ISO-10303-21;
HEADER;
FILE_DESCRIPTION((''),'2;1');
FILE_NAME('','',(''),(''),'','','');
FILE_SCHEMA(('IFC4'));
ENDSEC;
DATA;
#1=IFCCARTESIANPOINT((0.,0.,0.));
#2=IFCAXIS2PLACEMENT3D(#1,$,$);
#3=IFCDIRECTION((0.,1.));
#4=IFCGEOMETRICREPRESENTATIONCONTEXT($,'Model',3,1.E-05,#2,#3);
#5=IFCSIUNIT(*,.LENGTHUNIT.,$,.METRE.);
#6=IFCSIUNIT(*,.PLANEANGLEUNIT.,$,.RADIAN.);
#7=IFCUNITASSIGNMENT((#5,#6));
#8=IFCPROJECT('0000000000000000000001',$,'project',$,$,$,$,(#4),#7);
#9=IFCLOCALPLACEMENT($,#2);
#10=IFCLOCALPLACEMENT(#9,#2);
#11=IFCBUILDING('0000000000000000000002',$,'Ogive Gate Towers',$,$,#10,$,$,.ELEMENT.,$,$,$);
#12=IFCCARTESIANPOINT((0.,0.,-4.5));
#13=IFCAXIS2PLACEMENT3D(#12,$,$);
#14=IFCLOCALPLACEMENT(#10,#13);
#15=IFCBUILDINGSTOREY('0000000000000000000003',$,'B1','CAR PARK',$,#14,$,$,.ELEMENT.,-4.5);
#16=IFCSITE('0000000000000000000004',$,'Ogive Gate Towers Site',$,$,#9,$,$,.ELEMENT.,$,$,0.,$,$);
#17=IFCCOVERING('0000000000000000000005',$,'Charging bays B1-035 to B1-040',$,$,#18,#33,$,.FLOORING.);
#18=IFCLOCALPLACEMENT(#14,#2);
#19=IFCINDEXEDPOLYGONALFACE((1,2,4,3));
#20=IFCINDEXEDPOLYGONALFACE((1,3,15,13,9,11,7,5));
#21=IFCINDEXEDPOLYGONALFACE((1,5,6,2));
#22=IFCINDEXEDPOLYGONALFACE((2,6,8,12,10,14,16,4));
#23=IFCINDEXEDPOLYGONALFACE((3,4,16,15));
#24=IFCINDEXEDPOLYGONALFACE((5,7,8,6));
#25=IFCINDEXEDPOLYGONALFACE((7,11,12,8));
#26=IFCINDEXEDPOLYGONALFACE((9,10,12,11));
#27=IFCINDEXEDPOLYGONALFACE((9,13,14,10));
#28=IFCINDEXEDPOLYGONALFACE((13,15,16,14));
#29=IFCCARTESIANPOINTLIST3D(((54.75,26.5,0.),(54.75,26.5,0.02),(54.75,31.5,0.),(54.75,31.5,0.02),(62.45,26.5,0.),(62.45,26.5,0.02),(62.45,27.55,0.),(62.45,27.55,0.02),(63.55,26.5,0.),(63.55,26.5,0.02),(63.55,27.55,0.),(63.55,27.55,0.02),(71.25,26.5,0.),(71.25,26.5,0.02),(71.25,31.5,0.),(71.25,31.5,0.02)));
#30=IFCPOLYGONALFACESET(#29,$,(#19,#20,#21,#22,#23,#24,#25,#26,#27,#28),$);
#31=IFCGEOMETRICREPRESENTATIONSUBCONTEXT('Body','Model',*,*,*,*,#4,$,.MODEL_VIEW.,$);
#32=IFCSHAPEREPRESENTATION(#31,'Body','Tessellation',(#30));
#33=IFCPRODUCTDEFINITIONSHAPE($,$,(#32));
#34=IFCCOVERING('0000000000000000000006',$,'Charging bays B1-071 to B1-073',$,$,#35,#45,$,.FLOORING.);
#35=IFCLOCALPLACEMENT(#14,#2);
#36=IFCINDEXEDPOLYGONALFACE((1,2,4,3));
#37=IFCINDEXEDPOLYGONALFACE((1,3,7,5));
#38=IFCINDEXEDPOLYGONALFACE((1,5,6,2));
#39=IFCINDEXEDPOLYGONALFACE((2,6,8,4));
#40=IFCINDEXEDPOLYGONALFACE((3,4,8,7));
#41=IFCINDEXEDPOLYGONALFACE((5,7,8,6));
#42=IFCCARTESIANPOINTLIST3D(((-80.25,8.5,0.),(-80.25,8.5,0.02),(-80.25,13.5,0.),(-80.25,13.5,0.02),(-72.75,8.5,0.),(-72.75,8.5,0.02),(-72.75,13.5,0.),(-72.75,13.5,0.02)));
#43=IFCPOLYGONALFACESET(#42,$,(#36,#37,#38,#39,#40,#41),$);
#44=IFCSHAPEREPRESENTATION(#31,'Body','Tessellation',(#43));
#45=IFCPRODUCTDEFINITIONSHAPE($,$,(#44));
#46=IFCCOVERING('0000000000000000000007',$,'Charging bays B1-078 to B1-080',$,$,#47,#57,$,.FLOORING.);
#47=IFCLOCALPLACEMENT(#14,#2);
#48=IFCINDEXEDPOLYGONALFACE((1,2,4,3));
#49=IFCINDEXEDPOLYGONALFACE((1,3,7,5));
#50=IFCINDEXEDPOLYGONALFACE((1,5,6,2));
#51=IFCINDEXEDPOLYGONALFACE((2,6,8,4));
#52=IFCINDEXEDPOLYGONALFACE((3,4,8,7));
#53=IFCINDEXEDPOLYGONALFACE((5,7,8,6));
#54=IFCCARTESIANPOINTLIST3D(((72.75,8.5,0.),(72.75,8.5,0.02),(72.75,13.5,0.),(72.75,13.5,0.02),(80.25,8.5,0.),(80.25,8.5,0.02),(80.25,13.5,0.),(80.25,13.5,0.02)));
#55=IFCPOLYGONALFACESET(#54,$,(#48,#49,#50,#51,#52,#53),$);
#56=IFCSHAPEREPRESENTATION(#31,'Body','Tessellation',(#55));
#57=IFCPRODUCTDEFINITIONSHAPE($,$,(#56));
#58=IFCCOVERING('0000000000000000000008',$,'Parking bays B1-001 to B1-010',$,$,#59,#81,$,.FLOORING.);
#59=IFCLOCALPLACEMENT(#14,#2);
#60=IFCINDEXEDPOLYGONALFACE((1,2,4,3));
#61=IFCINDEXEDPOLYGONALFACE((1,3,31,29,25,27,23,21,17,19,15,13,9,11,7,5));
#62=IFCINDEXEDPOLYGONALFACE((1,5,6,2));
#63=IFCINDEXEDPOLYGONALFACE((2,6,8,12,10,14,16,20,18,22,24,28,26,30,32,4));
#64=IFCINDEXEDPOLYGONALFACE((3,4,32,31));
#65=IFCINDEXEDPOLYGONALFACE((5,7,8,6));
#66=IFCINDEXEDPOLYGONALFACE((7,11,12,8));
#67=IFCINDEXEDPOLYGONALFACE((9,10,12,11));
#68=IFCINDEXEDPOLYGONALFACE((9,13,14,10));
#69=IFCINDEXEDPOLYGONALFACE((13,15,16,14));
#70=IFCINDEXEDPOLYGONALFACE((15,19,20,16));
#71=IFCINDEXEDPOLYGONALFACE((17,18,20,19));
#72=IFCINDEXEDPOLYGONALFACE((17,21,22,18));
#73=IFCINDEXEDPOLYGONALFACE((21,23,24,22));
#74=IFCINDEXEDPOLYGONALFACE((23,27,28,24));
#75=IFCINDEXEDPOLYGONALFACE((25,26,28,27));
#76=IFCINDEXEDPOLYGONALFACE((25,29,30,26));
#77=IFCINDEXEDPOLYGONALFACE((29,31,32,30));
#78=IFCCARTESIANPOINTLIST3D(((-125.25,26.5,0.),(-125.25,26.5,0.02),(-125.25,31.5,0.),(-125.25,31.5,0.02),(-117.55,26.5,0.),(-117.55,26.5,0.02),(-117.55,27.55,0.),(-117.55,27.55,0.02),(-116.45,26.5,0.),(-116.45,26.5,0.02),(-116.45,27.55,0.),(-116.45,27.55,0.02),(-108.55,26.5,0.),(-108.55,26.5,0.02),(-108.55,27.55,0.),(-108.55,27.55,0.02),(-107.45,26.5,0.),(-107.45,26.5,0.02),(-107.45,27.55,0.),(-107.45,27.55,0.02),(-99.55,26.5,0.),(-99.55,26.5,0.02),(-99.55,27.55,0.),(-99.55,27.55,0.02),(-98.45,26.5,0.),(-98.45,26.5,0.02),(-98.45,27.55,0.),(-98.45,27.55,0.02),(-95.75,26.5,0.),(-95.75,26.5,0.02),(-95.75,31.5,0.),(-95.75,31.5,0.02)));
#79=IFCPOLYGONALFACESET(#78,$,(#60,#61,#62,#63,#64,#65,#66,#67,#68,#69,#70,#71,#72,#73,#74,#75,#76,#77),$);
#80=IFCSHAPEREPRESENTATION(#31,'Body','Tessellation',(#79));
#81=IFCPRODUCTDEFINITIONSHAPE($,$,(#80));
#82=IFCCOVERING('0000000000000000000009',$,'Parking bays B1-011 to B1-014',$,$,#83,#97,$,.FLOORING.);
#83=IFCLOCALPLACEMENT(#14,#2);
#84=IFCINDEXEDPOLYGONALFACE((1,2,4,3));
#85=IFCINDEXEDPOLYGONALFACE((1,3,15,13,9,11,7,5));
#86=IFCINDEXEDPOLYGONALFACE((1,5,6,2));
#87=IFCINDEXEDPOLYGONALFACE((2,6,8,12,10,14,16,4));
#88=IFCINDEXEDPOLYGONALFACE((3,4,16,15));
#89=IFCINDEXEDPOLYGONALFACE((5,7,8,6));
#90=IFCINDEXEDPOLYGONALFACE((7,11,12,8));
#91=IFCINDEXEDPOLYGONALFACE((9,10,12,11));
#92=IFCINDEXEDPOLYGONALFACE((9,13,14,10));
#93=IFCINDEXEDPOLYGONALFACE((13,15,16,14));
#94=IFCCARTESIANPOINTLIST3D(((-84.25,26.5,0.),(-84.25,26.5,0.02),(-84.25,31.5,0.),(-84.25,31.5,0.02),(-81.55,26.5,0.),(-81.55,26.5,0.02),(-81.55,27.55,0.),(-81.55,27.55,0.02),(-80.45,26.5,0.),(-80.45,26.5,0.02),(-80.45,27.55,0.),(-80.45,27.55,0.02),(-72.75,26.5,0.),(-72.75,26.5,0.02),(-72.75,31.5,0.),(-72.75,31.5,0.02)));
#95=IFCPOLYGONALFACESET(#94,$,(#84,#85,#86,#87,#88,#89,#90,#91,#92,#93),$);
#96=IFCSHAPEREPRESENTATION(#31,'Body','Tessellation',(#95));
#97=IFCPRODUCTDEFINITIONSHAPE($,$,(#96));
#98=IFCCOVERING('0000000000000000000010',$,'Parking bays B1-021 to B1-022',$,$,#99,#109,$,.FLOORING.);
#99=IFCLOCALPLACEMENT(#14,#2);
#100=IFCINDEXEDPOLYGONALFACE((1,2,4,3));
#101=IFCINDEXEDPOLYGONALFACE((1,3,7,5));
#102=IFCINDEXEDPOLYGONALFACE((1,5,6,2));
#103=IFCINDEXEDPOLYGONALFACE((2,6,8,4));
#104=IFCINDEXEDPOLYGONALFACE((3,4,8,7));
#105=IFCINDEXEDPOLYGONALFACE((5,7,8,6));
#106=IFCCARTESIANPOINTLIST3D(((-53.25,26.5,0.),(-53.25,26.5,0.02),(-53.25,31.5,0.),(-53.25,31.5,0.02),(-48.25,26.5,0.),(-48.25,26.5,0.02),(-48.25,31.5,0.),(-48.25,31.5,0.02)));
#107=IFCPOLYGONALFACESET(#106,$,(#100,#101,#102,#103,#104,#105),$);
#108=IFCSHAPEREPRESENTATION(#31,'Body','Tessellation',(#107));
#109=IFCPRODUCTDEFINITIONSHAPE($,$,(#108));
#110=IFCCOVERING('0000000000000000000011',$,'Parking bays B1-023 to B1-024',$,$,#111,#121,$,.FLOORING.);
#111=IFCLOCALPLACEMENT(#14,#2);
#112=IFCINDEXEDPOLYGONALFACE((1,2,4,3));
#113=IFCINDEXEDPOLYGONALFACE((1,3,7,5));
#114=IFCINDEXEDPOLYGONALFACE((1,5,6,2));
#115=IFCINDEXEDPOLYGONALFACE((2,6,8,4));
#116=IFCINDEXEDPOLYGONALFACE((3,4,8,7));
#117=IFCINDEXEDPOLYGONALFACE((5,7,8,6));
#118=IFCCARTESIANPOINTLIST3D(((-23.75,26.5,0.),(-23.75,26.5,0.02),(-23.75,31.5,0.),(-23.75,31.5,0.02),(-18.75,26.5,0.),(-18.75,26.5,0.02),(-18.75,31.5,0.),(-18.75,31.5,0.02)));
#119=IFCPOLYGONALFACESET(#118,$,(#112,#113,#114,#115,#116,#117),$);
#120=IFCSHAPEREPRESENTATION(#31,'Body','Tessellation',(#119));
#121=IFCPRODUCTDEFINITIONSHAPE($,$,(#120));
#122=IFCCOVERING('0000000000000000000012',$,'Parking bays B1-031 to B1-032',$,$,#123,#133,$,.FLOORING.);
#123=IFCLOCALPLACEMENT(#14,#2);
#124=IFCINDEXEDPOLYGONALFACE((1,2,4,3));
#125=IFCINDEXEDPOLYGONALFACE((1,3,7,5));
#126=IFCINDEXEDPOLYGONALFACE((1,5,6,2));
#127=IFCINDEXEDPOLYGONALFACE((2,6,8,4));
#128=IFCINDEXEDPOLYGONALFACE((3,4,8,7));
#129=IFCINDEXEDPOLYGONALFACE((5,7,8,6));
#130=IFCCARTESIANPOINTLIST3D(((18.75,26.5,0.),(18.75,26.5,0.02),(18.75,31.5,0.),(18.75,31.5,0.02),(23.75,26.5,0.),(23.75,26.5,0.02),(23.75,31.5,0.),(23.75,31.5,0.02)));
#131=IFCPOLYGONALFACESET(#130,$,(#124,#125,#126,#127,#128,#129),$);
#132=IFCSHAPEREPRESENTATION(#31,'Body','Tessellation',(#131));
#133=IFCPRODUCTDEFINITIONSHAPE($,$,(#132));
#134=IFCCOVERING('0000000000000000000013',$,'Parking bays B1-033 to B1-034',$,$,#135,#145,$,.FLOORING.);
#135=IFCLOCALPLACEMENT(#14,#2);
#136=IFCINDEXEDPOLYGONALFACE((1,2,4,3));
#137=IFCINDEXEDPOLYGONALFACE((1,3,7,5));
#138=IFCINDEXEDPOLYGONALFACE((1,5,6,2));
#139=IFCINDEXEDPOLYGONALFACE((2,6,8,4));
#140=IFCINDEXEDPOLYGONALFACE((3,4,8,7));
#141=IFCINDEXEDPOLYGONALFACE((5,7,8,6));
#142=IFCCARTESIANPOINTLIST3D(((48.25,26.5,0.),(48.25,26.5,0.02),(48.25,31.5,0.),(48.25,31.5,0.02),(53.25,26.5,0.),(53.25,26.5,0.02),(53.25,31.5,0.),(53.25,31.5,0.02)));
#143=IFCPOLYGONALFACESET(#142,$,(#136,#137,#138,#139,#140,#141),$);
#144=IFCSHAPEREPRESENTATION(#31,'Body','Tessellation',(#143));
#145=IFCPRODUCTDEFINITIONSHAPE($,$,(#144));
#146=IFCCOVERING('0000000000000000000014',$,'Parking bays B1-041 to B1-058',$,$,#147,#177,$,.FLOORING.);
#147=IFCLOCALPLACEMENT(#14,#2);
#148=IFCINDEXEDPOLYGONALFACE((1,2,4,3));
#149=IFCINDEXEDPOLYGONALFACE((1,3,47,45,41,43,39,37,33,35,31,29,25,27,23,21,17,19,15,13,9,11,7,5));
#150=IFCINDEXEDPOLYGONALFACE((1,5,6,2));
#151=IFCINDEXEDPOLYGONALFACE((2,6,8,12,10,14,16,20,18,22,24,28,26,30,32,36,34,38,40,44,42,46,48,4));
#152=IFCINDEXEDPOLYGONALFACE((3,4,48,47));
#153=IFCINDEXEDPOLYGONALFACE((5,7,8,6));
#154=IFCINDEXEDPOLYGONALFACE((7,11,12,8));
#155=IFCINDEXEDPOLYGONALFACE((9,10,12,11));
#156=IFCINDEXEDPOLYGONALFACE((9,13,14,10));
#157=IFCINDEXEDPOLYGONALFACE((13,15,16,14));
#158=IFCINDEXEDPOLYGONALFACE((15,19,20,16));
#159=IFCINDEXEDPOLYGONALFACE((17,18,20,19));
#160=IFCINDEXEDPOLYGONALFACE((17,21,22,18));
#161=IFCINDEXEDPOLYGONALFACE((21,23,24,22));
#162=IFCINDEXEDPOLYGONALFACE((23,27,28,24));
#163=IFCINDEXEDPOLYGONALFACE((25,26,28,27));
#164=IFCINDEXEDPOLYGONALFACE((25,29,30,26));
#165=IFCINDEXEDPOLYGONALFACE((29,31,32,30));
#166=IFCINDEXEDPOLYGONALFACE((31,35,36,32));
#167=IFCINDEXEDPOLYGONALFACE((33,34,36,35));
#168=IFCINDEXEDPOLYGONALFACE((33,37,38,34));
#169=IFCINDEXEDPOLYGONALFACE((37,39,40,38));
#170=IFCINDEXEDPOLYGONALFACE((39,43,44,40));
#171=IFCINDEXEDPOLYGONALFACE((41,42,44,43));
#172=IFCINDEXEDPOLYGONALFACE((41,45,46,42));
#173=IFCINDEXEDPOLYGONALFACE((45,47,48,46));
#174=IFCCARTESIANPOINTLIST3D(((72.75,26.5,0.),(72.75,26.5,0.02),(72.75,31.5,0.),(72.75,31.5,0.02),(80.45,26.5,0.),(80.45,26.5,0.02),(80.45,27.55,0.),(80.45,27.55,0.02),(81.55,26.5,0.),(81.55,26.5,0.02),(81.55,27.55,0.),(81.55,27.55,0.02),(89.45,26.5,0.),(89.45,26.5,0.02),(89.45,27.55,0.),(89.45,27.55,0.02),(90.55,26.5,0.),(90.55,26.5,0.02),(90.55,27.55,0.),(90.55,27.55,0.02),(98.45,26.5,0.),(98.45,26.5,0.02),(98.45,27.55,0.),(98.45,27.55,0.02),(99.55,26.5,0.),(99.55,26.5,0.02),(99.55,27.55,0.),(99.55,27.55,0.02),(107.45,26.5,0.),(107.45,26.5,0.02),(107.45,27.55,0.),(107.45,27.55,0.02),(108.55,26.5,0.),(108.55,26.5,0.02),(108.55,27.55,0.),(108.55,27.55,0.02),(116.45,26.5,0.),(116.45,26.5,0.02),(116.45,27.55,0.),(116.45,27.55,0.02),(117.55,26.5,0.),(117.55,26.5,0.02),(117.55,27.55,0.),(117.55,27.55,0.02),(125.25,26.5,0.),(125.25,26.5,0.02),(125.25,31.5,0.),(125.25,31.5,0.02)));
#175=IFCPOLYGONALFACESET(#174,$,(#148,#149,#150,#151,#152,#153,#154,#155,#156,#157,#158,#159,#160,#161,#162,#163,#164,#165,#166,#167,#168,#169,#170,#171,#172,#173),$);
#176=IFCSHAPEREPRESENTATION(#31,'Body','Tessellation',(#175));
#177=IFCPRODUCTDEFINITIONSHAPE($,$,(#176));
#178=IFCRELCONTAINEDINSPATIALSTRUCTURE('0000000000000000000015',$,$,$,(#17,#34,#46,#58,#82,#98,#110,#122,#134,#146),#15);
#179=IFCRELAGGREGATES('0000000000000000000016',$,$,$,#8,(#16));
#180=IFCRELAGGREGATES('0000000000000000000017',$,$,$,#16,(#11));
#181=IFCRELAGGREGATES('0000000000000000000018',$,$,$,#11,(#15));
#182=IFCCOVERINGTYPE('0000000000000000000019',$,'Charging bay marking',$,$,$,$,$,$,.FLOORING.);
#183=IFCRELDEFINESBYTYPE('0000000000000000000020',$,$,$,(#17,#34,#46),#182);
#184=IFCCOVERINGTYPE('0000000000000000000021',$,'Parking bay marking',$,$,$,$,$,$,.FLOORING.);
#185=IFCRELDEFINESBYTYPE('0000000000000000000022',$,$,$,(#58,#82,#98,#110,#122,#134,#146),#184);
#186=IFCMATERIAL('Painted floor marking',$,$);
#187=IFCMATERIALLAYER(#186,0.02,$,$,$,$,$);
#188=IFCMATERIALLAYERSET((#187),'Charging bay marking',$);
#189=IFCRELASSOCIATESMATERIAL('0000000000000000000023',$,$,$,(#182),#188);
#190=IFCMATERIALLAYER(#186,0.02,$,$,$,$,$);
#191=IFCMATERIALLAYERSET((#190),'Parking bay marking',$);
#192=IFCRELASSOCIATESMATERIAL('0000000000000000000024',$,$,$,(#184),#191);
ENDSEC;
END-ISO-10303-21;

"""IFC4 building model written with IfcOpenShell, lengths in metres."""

from ifc_helpers import new_model, si_unit, direction, frame, origin, place, context, subcontext, project, spatial, polyline, outline, extrude, material, layer, layer_set, type_object, element, save


model = new_model("IFC4")

# Units and contexts
model_context = context("Model", 3, precision=1e-05, world=origin(), true_north=direction((0.0, 1.0)))
body_context = subcontext(model_context, "Body", "Model", "MODEL_VIEW")
ifc_project = project(units=[si_unit("LENGTHUNIT", "METRE"), si_unit("PLANEANGLEUNIT", "RADIAN")], contexts=[model_context])

# Site, building, storey
site_placement = place(None, origin())
site = spatial("IfcSite", under=ifc_project, at=site_placement, Name="Ogive Gate Towers Site", CompositionType="ELEMENT", RefElevation=0.0)
building_placement = place(site_placement, origin())
building = spatial("IfcBuilding", under=site, at=building_placement, Name="Ogive Gate Towers", CompositionType="ELEMENT")
storey_placement = place(building_placement, frame((0.0, 0.0, -4.5)))
storey = spatial("IfcBuildingStorey", under=building, at=storey_placement, Name="B1", Description="CAR PARK", CompositionType="ELEMENT", Elevation=-4.5)

# Coverings
ifc_material_1 = material(Name="Painted floor marking")
ifc_layer_1 = layer(ifc_material_1, 0.02)
ifc_layer_set_1 = layer_set([ifc_layer_1], Name="Charging bay marking")
covering_type_1 = type_object("IfcCoveringType", Name="Charging bay marking", PredefinedType="FLOORING", material=ifc_layer_set_1)
covering_1_placement = place(storey_placement, origin())
element("IfcCovering", 1, at=covering_1_placement, inside=storey, type_object=covering_type_1, Name="Charging bays B1-035 to B1-040", PredefinedType="FLOORING", context=body_context, shape_type="SweptSolid", body=[
    extrude(outline(polyline([(54.75, 31.5), (71.25, 31.5), (71.25, 26.5), (63.55, 26.5), (63.55, 27.55), (62.45, 27.55), (62.45, 26.5), (54.75, 26.5), (54.75, 31.5)])), origin(), (0.0, 0.0, 1.0), 0.02),
])
covering_2_placement = place(storey_placement, origin())
element("IfcCovering", 2, at=covering_2_placement, inside=storey, type_object=covering_type_1, Name="Charging bays B1-071 to B1-073", PredefinedType="FLOORING", context=body_context, shape_type="SweptSolid", body=[
    extrude(outline(polyline([(-72.75, 13.5), (-72.75, 8.5), (-80.25, 8.5), (-80.25, 13.5), (-72.75, 13.5)])), origin(), (0.0, 0.0, 1.0), 0.02),
])
covering_3_placement = place(storey_placement, origin())
element("IfcCovering", 3, at=covering_3_placement, inside=storey, type_object=covering_type_1, Name="Charging bays B1-078 to B1-080", PredefinedType="FLOORING", context=body_context, shape_type="SweptSolid", body=[
    extrude(outline(polyline([(80.25, 13.5), (80.25, 8.5), (72.75, 8.5), (72.75, 13.5), (80.25, 13.5)])), origin(), (0.0, 0.0, 1.0), 0.02),
])
ifc_layer_2 = layer(ifc_material_1, 0.02)
ifc_layer_set_2 = layer_set([ifc_layer_2], Name="Parking bay marking")
covering_type_2 = type_object("IfcCoveringType", Name="Parking bay marking", PredefinedType="FLOORING", material=ifc_layer_set_2)
covering_4_placement = place(storey_placement, origin())
element("IfcCovering", 4, at=covering_4_placement, inside=storey, type_object=covering_type_2, Name="Parking bays B1-001 to B1-010", PredefinedType="FLOORING", context=body_context, shape_type="SweptSolid", body=[
    extrude(outline(polyline([(-125.25, 31.5), (-95.75, 31.5), (-95.75, 26.5), (-98.45, 26.5), (-98.45, 27.55), (-99.55, 27.55), (-99.55, 26.5), (-107.45, 26.5), (-107.45, 27.55), (-108.55, 27.55), (-108.55, 26.5), (-116.45, 26.5), (-116.45, 27.55), (-117.55, 27.55), (-117.55, 26.5), (-125.25, 26.5), (-125.25, 31.5)])), origin(), (0.0, 0.0, 1.0), 0.02),
])
covering_5_placement = place(storey_placement, origin())
element("IfcCovering", 5, at=covering_5_placement, inside=storey, type_object=covering_type_2, Name="Parking bays B1-011 to B1-014", PredefinedType="FLOORING", context=body_context, shape_type="SweptSolid", body=[
    extrude(outline(polyline([(-84.25, 31.5), (-72.75, 31.5), (-72.75, 26.5), (-80.45, 26.5), (-80.45, 27.55), (-81.55, 27.55), (-81.55, 26.5), (-84.25, 26.5), (-84.25, 31.5)])), origin(), (0.0, 0.0, 1.0), 0.02),
])
covering_6_placement = place(storey_placement, origin())
element("IfcCovering", 6, at=covering_6_placement, inside=storey, type_object=covering_type_2, Name="Parking bays B1-021 to B1-022", PredefinedType="FLOORING", context=body_context, shape_type="SweptSolid", body=[
    extrude(outline(polyline([(-48.25, 31.5), (-48.25, 26.5), (-53.25, 26.5), (-53.25, 31.5), (-48.25, 31.5)])), origin(), (0.0, 0.0, 1.0), 0.02),
])
covering_7_placement = place(storey_placement, origin())
element("IfcCovering", 7, at=covering_7_placement, inside=storey, type_object=covering_type_2, Name="Parking bays B1-023 to B1-024", PredefinedType="FLOORING", context=body_context, shape_type="SweptSolid", body=[
    extrude(outline(polyline([(-18.75, 26.5), (-23.75, 26.5), (-23.75, 31.5), (-18.75, 31.5), (-18.75, 26.5)])), origin(), (0.0, 0.0, 1.0), 0.02),
])
covering_8_placement = place(storey_placement, origin())
element("IfcCovering", 8, at=covering_8_placement, inside=storey, type_object=covering_type_2, Name="Parking bays B1-031 to B1-032", PredefinedType="FLOORING", context=body_context, shape_type="SweptSolid", body=[
    extrude(outline(polyline([(18.75, 31.5), (23.75, 31.5), (23.75, 26.5), (18.75, 26.5), (18.75, 31.5)])), origin(), (0.0, 0.0, 1.0), 0.02),
])
covering_9_placement = place(storey_placement, origin())
element("IfcCovering", 9, at=covering_9_placement, inside=storey, type_object=covering_type_2, Name="Parking bays B1-033 to B1-034", PredefinedType="FLOORING", context=body_context, shape_type="SweptSolid", body=[
    extrude(outline(polyline([(48.25, 26.5), (48.25, 31.5), (53.25, 31.5), (53.25, 26.5), (48.25, 26.5)])), origin(), (0.0, 0.0, 1.0), 0.02),
])
covering_10_placement = place(storey_placement, origin())
element("IfcCovering", 10, at=covering_10_placement, inside=storey, type_object=covering_type_2, Name="Parking bays B1-041 to B1-058", PredefinedType="FLOORING", context=body_context, shape_type="SweptSolid", body=[
    extrude(outline(polyline([(72.75, 31.5), (125.25, 31.5), (125.25, 26.5), (117.55, 26.5), (117.55, 27.55), (116.45, 27.55), (116.45, 26.5), (108.55, 26.5), (108.55, 27.55), (107.45, 27.55), (107.45, 26.5), (99.55, 26.5), (99.55, 27.55), (98.45, 27.55), (98.45, 26.5), (90.55, 26.5), (90.55, 27.55), (89.45, 27.55), (89.45, 26.5), (81.55, 26.5), (81.55, 27.55), (80.45, 27.55), (80.45, 26.5), (72.75, 26.5), (72.75, 31.5)])), origin(), (0.0, 0.0, 1.0), 0.02),
])

save(model, "model.ifc")
